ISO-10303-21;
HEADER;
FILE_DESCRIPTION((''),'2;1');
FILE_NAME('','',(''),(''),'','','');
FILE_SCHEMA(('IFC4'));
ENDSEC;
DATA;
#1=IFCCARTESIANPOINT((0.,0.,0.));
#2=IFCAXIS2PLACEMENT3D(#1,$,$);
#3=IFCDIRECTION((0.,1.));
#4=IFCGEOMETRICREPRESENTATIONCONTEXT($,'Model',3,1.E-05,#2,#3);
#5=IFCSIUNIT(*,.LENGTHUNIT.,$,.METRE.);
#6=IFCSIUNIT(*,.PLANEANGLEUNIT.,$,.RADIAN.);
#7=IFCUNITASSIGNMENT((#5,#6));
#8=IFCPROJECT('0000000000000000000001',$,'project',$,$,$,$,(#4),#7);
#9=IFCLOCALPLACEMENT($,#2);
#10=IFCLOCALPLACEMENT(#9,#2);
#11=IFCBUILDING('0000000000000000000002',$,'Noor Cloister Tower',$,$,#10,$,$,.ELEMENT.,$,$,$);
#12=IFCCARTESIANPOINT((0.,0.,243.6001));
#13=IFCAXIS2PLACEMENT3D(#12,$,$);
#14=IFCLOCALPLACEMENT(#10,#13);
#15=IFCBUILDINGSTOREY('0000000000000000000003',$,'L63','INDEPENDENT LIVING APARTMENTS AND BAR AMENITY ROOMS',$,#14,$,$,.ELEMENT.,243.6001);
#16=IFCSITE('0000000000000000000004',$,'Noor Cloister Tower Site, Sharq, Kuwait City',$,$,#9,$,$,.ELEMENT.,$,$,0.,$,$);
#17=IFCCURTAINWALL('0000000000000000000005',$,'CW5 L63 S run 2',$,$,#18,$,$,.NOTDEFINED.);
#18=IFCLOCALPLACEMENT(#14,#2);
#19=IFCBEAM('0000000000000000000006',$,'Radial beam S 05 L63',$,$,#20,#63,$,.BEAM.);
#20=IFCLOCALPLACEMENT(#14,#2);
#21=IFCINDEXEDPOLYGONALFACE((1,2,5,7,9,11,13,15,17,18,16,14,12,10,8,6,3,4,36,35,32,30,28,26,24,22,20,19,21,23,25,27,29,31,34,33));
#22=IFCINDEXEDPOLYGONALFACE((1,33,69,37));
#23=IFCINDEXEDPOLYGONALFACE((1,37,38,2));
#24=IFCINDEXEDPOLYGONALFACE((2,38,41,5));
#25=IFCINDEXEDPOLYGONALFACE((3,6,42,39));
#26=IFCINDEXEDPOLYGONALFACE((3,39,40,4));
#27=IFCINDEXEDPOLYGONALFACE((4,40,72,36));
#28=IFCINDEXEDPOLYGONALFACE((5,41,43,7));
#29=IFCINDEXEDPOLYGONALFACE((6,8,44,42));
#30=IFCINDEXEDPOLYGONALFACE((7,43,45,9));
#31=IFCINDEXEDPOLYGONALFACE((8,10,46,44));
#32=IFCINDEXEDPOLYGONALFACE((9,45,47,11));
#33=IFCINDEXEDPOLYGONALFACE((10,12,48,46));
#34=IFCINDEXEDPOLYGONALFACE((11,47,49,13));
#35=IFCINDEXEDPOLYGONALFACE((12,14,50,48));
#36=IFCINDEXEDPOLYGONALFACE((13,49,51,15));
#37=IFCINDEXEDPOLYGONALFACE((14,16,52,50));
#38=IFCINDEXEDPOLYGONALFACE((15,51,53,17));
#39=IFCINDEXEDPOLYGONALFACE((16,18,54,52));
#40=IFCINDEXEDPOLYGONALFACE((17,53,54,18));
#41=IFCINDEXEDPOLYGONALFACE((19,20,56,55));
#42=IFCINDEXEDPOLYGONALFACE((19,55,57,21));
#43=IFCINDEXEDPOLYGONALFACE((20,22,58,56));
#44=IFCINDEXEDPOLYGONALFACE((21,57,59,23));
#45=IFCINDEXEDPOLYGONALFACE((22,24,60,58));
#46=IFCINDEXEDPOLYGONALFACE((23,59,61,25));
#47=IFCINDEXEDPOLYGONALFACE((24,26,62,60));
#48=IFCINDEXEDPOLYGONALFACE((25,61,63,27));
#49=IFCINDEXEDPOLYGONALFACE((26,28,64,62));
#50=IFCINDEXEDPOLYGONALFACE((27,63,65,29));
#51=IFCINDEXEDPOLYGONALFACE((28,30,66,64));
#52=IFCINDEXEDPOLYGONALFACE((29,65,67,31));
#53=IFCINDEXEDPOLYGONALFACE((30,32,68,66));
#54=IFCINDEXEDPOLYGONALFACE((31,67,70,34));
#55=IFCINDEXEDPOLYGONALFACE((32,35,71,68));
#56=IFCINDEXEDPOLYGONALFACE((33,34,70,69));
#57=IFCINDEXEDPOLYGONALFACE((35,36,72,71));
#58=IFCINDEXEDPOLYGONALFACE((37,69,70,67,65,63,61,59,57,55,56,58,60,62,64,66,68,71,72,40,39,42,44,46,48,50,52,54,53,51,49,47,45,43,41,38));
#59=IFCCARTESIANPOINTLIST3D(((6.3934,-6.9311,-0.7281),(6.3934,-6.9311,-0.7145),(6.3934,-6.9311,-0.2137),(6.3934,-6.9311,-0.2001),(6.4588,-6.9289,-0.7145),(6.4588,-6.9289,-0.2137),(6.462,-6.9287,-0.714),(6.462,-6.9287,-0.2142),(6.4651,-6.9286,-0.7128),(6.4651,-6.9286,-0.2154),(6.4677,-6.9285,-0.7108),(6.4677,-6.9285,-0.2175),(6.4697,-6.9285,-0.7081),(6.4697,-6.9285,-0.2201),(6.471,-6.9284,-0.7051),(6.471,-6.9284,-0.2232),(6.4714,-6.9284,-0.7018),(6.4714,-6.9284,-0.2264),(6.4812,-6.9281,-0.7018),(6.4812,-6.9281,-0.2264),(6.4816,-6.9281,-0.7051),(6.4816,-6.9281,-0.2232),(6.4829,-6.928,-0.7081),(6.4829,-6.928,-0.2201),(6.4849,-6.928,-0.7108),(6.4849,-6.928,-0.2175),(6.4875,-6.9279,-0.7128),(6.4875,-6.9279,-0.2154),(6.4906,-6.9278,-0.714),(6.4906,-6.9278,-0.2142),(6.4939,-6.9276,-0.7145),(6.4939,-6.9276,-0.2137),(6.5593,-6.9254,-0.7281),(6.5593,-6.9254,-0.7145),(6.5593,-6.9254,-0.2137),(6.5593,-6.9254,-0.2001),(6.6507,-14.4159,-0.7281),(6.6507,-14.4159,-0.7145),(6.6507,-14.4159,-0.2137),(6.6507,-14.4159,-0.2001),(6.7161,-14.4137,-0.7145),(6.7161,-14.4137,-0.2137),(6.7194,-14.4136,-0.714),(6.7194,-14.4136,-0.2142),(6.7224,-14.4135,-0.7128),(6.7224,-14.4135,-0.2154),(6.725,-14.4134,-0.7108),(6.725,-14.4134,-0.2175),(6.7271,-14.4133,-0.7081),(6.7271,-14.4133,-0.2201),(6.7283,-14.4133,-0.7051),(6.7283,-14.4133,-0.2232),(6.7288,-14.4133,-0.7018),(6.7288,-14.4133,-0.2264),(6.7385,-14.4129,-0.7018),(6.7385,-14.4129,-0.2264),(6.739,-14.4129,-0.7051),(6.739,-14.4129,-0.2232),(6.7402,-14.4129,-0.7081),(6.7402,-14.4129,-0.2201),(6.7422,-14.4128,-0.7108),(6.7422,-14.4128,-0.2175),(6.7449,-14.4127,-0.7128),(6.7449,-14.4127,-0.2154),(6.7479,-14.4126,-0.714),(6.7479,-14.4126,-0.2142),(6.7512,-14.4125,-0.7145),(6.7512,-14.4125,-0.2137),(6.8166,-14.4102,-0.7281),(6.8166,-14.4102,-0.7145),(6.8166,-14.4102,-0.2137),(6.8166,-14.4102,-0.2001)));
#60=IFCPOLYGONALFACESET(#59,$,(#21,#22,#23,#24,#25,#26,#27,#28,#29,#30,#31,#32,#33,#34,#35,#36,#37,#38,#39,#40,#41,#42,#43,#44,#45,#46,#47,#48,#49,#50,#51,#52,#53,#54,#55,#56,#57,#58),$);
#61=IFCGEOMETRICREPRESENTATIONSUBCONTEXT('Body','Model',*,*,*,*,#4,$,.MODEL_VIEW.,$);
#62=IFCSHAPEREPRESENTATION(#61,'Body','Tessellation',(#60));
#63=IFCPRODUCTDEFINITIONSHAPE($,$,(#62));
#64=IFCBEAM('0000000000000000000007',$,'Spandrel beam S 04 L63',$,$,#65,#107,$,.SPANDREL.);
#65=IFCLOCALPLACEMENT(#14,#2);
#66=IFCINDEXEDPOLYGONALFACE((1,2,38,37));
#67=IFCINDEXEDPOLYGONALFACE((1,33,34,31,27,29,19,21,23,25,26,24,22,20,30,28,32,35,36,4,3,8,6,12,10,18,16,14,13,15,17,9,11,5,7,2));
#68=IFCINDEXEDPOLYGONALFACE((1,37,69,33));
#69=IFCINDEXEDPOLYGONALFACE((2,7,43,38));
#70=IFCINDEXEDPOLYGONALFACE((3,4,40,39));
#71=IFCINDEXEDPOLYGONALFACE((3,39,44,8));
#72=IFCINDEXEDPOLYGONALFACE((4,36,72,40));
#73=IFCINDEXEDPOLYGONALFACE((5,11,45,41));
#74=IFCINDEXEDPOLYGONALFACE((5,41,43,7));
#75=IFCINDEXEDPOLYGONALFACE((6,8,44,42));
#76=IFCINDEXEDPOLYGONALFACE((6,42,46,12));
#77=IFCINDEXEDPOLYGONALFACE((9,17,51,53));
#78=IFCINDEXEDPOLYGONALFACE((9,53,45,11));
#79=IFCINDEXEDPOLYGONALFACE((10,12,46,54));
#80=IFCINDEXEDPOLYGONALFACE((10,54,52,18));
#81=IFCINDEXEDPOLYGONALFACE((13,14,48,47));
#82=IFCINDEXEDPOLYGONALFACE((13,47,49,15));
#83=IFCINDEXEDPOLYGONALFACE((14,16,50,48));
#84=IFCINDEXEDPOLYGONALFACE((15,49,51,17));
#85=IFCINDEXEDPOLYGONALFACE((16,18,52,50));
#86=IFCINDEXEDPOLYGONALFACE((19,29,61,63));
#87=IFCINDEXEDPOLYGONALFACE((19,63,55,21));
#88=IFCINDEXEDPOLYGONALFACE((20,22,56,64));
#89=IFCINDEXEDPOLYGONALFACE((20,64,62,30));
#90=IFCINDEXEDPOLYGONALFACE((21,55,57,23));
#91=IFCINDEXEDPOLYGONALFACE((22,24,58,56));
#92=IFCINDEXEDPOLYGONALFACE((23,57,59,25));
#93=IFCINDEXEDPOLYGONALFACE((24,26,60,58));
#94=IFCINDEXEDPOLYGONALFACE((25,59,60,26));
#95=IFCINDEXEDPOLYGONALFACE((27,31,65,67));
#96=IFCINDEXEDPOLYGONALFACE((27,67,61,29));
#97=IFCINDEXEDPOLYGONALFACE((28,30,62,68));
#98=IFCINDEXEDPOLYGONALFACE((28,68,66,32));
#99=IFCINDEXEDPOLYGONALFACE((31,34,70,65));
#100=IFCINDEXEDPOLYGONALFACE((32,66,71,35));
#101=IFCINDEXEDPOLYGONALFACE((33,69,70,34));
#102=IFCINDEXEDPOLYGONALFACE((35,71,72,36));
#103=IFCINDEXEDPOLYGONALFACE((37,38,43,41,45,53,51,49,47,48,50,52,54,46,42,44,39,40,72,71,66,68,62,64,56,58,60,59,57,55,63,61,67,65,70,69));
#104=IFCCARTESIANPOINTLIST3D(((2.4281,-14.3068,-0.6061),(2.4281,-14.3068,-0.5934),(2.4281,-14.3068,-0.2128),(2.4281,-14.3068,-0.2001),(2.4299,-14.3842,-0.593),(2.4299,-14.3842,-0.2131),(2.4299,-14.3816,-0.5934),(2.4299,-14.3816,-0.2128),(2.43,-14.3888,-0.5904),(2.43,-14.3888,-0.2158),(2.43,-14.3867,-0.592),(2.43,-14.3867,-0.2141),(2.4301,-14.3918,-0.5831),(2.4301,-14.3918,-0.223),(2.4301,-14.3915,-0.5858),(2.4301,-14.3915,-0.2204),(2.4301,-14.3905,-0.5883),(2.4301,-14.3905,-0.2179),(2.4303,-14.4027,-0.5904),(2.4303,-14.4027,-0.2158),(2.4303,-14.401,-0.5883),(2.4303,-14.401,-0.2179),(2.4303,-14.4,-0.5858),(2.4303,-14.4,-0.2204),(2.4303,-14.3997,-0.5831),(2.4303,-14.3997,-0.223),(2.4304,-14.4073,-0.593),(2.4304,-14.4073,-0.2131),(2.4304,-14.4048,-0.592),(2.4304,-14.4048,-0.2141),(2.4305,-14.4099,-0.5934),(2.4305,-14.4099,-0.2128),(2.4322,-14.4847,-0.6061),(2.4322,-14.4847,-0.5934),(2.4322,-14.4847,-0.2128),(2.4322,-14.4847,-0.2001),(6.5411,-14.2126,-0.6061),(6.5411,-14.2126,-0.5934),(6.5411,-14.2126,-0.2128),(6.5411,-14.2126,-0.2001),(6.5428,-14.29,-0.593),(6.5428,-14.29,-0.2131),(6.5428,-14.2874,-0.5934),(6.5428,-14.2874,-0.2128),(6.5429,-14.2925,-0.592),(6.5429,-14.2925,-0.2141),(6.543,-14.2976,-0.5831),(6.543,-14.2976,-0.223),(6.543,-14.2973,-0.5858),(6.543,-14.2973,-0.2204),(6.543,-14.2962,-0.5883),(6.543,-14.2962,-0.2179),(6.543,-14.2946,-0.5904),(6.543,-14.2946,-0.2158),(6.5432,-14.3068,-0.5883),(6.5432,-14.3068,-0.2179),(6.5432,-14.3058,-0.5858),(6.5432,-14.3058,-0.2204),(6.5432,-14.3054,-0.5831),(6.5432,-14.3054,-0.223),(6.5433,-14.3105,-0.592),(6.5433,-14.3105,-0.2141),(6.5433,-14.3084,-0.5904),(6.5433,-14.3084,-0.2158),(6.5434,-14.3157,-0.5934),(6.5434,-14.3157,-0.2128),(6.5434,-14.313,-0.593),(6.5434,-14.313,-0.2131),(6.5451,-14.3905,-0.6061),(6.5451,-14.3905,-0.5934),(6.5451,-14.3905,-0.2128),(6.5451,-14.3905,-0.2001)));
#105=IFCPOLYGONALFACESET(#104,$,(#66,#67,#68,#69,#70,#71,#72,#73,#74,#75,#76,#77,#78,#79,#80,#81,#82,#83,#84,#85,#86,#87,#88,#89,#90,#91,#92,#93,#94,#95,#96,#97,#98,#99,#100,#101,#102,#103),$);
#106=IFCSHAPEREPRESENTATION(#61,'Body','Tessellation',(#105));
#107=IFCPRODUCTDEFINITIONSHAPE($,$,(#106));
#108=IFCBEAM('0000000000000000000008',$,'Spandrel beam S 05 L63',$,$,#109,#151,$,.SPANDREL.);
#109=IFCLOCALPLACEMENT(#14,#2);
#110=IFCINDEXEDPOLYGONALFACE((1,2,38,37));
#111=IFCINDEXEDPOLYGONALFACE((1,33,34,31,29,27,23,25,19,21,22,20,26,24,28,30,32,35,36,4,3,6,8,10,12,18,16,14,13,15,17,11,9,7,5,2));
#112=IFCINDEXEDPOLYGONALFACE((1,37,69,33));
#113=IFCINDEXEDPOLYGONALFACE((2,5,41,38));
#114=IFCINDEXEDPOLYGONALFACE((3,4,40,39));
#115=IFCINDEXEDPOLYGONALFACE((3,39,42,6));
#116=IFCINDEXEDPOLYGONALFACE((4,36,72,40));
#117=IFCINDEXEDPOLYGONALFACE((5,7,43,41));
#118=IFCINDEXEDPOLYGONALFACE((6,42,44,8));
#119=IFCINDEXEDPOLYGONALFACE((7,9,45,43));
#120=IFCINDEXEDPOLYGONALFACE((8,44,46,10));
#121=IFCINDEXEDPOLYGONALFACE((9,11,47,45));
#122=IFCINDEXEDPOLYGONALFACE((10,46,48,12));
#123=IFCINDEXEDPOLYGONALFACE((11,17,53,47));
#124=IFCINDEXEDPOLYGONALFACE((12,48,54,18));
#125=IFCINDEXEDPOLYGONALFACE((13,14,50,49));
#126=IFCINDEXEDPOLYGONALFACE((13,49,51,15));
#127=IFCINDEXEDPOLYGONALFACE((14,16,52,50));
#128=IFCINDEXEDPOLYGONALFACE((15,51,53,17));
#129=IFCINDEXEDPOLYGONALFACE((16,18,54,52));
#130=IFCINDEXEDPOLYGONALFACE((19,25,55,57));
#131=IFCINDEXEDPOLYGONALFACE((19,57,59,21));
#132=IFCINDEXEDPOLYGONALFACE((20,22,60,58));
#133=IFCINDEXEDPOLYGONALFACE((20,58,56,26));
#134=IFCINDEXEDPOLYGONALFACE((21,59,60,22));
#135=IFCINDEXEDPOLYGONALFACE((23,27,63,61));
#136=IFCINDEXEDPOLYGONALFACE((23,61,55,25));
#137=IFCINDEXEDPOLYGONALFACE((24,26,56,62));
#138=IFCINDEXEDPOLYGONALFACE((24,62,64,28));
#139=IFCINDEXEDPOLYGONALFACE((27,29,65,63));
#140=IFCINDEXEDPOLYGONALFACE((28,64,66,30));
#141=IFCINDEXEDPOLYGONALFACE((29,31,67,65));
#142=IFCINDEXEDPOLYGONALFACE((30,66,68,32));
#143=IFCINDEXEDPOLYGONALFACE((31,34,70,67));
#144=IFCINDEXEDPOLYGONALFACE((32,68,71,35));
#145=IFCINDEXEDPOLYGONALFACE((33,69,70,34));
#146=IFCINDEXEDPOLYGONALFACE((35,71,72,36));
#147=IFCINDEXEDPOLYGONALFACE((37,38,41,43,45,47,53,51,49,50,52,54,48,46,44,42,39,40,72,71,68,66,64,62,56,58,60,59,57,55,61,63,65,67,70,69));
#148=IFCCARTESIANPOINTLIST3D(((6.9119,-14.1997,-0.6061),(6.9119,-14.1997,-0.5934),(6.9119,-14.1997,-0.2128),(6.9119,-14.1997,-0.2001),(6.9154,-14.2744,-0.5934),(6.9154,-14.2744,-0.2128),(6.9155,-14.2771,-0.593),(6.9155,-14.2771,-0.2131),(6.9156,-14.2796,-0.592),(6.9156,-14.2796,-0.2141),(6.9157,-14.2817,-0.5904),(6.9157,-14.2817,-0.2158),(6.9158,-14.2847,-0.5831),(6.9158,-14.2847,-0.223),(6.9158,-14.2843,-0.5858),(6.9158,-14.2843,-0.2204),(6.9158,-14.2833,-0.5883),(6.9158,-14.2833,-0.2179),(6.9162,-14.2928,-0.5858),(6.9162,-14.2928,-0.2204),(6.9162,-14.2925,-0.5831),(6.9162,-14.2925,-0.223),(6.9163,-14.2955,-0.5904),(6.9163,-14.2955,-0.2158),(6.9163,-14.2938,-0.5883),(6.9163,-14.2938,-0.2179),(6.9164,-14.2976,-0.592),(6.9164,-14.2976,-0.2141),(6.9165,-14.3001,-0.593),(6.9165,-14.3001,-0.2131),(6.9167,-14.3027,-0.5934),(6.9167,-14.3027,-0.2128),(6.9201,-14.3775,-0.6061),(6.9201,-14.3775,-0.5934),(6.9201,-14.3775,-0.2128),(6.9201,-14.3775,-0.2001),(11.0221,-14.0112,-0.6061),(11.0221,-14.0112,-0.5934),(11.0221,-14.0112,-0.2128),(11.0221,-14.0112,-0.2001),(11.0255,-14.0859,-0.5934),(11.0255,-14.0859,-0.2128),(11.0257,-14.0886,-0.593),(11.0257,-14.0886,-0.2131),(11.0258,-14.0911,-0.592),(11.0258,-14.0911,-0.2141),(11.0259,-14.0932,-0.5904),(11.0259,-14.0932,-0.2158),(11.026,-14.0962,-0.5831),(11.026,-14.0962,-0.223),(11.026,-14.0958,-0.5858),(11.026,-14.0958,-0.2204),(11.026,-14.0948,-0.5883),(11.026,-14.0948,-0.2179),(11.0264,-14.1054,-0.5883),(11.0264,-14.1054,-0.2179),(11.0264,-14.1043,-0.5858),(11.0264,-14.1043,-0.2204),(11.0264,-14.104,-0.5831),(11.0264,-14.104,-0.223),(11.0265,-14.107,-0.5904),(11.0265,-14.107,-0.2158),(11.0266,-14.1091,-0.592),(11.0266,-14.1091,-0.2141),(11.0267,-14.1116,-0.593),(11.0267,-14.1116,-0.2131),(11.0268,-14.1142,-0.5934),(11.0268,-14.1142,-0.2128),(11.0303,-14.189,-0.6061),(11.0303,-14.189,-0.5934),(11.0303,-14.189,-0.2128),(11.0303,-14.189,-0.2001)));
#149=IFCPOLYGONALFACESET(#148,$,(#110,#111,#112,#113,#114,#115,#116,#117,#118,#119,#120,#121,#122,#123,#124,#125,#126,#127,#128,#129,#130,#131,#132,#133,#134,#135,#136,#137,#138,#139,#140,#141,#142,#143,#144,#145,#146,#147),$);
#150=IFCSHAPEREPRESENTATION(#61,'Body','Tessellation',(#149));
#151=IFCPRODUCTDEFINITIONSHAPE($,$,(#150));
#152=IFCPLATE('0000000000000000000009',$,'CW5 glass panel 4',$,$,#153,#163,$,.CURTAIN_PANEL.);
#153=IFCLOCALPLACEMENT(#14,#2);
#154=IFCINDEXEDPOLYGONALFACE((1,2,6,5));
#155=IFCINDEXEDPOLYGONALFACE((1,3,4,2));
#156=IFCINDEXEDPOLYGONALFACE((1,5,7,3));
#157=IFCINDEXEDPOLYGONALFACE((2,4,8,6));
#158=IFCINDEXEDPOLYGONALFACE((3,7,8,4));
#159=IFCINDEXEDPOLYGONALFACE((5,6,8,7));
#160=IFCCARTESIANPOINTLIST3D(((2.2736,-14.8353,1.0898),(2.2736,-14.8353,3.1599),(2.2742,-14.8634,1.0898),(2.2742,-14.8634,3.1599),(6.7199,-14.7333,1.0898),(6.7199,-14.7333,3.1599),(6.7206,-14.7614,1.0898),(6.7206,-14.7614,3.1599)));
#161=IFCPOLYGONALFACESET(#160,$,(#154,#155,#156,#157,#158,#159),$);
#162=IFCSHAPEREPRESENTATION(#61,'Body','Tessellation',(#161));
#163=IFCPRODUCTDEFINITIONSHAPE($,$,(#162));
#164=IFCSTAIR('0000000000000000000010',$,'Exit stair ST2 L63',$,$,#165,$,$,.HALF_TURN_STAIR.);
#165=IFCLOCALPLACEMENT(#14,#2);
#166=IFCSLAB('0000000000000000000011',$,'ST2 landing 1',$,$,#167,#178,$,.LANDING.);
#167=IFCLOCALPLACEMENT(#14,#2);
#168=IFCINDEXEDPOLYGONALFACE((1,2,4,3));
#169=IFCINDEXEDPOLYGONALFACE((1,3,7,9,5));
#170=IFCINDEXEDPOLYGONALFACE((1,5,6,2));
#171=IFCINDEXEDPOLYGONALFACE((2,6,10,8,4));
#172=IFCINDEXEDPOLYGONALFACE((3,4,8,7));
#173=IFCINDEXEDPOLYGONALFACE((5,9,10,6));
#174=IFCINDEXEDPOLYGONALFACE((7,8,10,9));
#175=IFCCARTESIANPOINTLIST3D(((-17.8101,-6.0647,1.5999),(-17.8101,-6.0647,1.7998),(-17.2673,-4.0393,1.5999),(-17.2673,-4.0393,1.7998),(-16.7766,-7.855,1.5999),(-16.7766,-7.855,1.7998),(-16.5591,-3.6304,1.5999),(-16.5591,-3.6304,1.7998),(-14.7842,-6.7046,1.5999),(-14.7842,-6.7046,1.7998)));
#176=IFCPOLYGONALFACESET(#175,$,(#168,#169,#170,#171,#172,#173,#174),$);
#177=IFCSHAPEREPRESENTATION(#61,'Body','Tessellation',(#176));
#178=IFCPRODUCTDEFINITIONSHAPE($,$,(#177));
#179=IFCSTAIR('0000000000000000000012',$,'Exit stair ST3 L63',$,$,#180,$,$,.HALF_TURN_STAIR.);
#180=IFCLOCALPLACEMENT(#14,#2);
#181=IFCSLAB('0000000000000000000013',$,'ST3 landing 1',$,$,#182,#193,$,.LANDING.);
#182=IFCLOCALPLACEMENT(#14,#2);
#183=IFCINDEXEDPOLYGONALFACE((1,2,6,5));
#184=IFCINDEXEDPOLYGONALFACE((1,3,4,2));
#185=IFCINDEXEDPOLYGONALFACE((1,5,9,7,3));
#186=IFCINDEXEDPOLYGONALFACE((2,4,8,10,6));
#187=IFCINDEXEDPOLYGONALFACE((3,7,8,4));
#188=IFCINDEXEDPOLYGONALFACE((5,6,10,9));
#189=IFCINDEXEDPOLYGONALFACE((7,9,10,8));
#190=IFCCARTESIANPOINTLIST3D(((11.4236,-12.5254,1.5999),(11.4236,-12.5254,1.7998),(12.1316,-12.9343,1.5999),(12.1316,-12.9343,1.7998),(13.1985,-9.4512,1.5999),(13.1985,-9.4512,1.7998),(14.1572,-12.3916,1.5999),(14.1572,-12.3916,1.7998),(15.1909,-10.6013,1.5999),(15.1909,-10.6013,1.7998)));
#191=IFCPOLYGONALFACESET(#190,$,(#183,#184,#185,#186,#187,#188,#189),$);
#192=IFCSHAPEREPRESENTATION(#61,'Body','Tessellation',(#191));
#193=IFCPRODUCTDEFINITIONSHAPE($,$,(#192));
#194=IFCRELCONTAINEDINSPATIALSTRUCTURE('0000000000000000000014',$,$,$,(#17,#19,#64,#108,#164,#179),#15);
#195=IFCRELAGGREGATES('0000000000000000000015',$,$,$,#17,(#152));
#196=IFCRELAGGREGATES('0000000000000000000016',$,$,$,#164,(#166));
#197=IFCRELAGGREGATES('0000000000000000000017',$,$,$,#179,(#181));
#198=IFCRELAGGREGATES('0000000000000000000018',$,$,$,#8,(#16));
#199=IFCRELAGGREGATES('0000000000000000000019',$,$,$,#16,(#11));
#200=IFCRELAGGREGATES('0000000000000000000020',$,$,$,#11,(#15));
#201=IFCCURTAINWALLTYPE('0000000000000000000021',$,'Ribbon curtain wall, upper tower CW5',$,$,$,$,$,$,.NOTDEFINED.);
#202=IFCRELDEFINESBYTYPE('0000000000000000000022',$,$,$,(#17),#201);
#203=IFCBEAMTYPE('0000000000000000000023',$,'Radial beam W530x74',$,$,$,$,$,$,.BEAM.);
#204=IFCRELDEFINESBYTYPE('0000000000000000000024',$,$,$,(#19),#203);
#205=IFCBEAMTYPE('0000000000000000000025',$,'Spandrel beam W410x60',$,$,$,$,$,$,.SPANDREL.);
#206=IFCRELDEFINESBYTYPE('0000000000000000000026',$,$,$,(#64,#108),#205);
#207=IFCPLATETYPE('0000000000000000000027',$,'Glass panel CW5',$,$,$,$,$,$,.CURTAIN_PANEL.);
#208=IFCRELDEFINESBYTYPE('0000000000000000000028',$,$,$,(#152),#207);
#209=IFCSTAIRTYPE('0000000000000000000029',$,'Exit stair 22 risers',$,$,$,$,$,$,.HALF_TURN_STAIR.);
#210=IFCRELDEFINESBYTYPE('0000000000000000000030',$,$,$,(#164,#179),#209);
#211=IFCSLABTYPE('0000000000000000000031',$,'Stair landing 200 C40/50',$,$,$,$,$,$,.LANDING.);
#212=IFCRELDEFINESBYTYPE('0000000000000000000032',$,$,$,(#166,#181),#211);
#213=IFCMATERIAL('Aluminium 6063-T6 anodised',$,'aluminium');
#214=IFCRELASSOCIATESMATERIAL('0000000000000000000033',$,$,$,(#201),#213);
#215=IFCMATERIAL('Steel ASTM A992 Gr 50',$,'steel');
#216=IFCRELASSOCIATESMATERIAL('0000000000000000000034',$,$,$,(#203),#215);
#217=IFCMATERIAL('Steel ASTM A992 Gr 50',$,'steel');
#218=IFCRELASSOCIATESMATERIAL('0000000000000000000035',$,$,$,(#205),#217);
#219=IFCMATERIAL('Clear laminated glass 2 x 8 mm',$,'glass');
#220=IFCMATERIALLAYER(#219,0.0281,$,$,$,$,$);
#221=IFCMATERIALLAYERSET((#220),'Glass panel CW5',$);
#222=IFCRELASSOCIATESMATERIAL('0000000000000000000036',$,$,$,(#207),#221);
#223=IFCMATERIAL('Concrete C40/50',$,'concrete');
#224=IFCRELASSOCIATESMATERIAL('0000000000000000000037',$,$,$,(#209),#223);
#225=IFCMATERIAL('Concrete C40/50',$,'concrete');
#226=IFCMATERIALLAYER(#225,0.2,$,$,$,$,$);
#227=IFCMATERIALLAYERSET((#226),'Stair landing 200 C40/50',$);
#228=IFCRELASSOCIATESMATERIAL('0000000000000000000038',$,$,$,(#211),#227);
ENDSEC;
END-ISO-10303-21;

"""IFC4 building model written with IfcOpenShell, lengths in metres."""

from ifc_helpers import new_model, si_unit, direction, frame, origin, origin_2d, place, context, subcontext, project, spatial, polyline, rectangle, i_section, outline, extrude, material, layer, layer_set, material_profile, profile_set, type_object, element, aggregate, save


model = new_model("IFC4")

# Units and contexts
model_context = context("Model", 3, precision=1e-05, world=origin(), true_north=direction((0.0, 1.0)))
body_context = subcontext(model_context, "Body", "Model", "MODEL_VIEW")
ifc_project = project(units=[si_unit("LENGTHUNIT", "METRE"), si_unit("PLANEANGLEUNIT", "RADIAN")], contexts=[model_context])

# Site, building, storey
site_placement = place(None, origin())
site = spatial("IfcSite", under=ifc_project, at=site_placement, Name="Noor Cloister Tower Site, Sharq, Kuwait City", CompositionType="ELEMENT", RefElevation=0.0)
building_placement = place(site_placement, origin())
building = spatial("IfcBuilding", under=site, at=building_placement, Name="Noor Cloister Tower", CompositionType="ELEMENT")
storey_placement = place(building_placement, frame((0.0, 0.0, 243.6001)))
storey = spatial("IfcBuildingStorey", under=building, at=storey_placement, Name="L63", Description="INDEPENDENT LIVING APARTMENTS AND BAR AMENITY ROOMS", CompositionType="ELEMENT", Elevation=243.6001)

# Curtain wall
ifc_material_1 = material(Name="Aluminium 6063-T6 anodised", Category="aluminium")
curtain_wall_type = type_object("IfcCurtainWallType", Name="Ribbon curtain wall, upper tower CW5", PredefinedType="NOTDEFINED", material=ifc_material_1)
curtain_wall_placement = place(storey_placement, origin())
curtain_wall = element("IfcCurtainWall", 1, at=curtain_wall_placement, inside=storey, type_object=curtain_wall_type, Name="CW5 L63 S run 2", PredefinedType="NOTDEFINED")

# Beams
ifc_material_2 = material(Name="Steel ASTM A992 Gr 50", Category="steel")
ifc_material_profile_1 = material_profile(ifc_material_2, i_section(OverallWidth=0.166, OverallDepth=0.5281, WebThickness=0.0098, FlangeThickness=0.0137, FilletRadius=0.0127, at=origin_2d()), Name="W530x74")
ifc_profile_set_1 = profile_set([ifc_material_profile_1], Name="Steel ASTM A992 Gr 50")
beam_type_1 = type_object("IfcBeamType", Name="Radial beam W530x74", PredefinedType="BEAM", material=ifc_profile_set_1)
beam_1_placement = place(storey_placement, frame((6.7336, -14.4131, -0.4641), z_axis=(-0.034359, 0.99941, 0.0), x_axis=(-0.99941, -0.034359, 0.0)))
element("IfcBeam", 2, at=beam_1_placement, inside=storey, type_object=beam_type_1, Name="Radial beam S 05 L63", PredefinedType="BEAM", context=body_context, shape_type="SweptSolid", body=[
    extrude(i_section(OverallWidth=0.166, OverallDepth=0.5281, WebThickness=0.0098, FlangeThickness=0.0137, FilletRadius=0.0127, at=origin_2d()), origin(), (0.0, 0.0, 1.0), 7.4893),
])
ifc_material_3 = material(Name="Steel ASTM A992 Gr 50", Category="steel")
ifc_material_profile_2 = material_profile(ifc_material_3, i_section(OverallWidth=0.178, OverallDepth=0.406, WebThickness=0.0078, FlangeThickness=0.0127, FilletRadius=0.0103, at=origin_2d()), Name="W410x60")
ifc_profile_set_2 = profile_set([ifc_material_profile_2], Name="Steel ASTM A992 Gr 50")
beam_type_2 = type_object("IfcBeamType", Name="Spandrel beam W410x60", PredefinedType="SPANDREL", material=ifc_profile_set_2)
beam_2_placement = place(storey_placement, frame((2.4302, -14.3958, -0.4031), z_axis=(0.999738, 0.022906, 0.0), x_axis=(-0.022906, 0.999738, 0.0)))
element("IfcBeam", 3, at=beam_2_placement, inside=storey, type_object=beam_type_2, Name="Spandrel beam S 04 L63", PredefinedType="SPANDREL", context=body_context, shape_type="SweptSolid", body=[
    extrude(i_section(OverallWidth=0.178, OverallDepth=0.406, WebThickness=0.0078, FlangeThickness=0.0127, FilletRadius=0.0103, at=origin_2d()), origin(), (0.0, 0.0, 1.0), 4.114),
])
beam_3_placement = place(storey_placement, frame((6.916, -14.2886, -0.4031), z_axis=(0.99895, 0.045809, 0.0), x_axis=(-0.045809, 0.99895, 0.0)))
element("IfcBeam", 4, at=beam_3_placement, inside=storey, type_object=beam_type_2, Name="Spandrel beam S 05 L63", PredefinedType="SPANDREL", context=body_context, shape_type="SweptSolid", body=[
    extrude(i_section(OverallWidth=0.178, OverallDepth=0.406, WebThickness=0.0078, FlangeThickness=0.0127, FilletRadius=0.0103, at=origin_2d()), origin(), (0.0, 0.0, 1.0), 4.1145),
])

# Plate
ifc_material_4 = material(Name="Clear laminated glass 2 x 8 mm", Category="glass")
ifc_layer_1 = layer(ifc_material_4, 0.0281)
ifc_layer_set_1 = layer_set([ifc_layer_1], Name="Glass panel CW5")
plate_type = type_object("IfcPlateType", Name="Glass panel CW5", PredefinedType="CURTAIN_PANEL", material=ifc_layer_set_1)
plate_placement = place(storey_placement, frame((4.4971, -14.7983, 1.0898), z_axis=(0.0, 0.0, 1.0), x_axis=(0.999737, 0.022925, 0.0)))
plate = element("IfcPlate", 5, at=plate_placement, type_object=plate_type, Name="CW5 glass panel 4", PredefinedType="CURTAIN_PANEL", context=body_context, shape_type="SweptSolid", body=[
    extrude(rectangle(XDim=4.4475, YDim=0.0281, at=origin_2d()), origin(), (0.0, 0.0, 1.0), 2.0701),
])
aggregate(curtain_wall, [plate])

# Stairs, slabs
ifc_material_5 = material(Name="Concrete C40/50", Category="concrete")
stair_type = type_object("IfcStairType", Name="Exit stair 22 risers", PredefinedType="HALF_TURN_STAIR", material=ifc_material_5)
stair_1_placement = place(storey_placement, origin())
stair_1 = element("IfcStair", 6, at=stair_1_placement, inside=storey, type_object=stair_type, Name="Exit stair ST2 L63", PredefinedType="HALF_TURN_STAIR")
ifc_material_6 = material(Name="Concrete C40/50", Category="concrete")
ifc_layer_2 = layer(ifc_material_6, 0.2)
ifc_layer_set_2 = layer_set([ifc_layer_2], Name="Stair landing 200 C40/50")
slab_type = type_object("IfcSlabType", Name="Stair landing 200 C40/50", PredefinedType="LANDING", material=ifc_layer_set_2)
slab_1_placement = place(storey_placement, frame((0.0, 0.0, 1.5999)))
slab_1 = element("IfcSlab", 7, at=slab_1_placement, type_object=slab_type, Name="ST2 landing 1", PredefinedType="LANDING", context=body_context, shape_type="SweptSolid", body=[
    extrude(outline(polyline([(-16.5591, -3.6304), (-17.2673, -4.0393), (-17.8101, -6.0647), (-16.7766, -7.855), (-14.7842, -6.7046), (-16.5591, -3.6304)])), origin(), (0.0, 0.0, 1.0), 0.2),
])
aggregate(stair_1, [slab_1])
stair_2_placement = place(storey_placement, origin())
stair_2 = element("IfcStair", 8, at=stair_2_placement, inside=storey, type_object=stair_type, Name="Exit stair ST3 L63", PredefinedType="HALF_TURN_STAIR")
slab_2_placement = place(storey_placement, frame((0.0, 0.0, 1.5999)))
slab_2 = element("IfcSlab", 9, at=slab_2_placement, type_object=slab_type, Name="ST3 landing 1", PredefinedType="LANDING", context=body_context, shape_type="SweptSolid", body=[
    extrude(outline(polyline([(11.4236, -12.5254), (12.1316, -12.9343), (14.1572, -12.3916), (15.1909, -10.6013), (13.1985, -9.4512), (11.4236, -12.5254)])), origin(), (0.0, 0.0, 1.0), 0.2),
])
aggregate(stair_2, [slab_2])

save(model, "model.ifc")
